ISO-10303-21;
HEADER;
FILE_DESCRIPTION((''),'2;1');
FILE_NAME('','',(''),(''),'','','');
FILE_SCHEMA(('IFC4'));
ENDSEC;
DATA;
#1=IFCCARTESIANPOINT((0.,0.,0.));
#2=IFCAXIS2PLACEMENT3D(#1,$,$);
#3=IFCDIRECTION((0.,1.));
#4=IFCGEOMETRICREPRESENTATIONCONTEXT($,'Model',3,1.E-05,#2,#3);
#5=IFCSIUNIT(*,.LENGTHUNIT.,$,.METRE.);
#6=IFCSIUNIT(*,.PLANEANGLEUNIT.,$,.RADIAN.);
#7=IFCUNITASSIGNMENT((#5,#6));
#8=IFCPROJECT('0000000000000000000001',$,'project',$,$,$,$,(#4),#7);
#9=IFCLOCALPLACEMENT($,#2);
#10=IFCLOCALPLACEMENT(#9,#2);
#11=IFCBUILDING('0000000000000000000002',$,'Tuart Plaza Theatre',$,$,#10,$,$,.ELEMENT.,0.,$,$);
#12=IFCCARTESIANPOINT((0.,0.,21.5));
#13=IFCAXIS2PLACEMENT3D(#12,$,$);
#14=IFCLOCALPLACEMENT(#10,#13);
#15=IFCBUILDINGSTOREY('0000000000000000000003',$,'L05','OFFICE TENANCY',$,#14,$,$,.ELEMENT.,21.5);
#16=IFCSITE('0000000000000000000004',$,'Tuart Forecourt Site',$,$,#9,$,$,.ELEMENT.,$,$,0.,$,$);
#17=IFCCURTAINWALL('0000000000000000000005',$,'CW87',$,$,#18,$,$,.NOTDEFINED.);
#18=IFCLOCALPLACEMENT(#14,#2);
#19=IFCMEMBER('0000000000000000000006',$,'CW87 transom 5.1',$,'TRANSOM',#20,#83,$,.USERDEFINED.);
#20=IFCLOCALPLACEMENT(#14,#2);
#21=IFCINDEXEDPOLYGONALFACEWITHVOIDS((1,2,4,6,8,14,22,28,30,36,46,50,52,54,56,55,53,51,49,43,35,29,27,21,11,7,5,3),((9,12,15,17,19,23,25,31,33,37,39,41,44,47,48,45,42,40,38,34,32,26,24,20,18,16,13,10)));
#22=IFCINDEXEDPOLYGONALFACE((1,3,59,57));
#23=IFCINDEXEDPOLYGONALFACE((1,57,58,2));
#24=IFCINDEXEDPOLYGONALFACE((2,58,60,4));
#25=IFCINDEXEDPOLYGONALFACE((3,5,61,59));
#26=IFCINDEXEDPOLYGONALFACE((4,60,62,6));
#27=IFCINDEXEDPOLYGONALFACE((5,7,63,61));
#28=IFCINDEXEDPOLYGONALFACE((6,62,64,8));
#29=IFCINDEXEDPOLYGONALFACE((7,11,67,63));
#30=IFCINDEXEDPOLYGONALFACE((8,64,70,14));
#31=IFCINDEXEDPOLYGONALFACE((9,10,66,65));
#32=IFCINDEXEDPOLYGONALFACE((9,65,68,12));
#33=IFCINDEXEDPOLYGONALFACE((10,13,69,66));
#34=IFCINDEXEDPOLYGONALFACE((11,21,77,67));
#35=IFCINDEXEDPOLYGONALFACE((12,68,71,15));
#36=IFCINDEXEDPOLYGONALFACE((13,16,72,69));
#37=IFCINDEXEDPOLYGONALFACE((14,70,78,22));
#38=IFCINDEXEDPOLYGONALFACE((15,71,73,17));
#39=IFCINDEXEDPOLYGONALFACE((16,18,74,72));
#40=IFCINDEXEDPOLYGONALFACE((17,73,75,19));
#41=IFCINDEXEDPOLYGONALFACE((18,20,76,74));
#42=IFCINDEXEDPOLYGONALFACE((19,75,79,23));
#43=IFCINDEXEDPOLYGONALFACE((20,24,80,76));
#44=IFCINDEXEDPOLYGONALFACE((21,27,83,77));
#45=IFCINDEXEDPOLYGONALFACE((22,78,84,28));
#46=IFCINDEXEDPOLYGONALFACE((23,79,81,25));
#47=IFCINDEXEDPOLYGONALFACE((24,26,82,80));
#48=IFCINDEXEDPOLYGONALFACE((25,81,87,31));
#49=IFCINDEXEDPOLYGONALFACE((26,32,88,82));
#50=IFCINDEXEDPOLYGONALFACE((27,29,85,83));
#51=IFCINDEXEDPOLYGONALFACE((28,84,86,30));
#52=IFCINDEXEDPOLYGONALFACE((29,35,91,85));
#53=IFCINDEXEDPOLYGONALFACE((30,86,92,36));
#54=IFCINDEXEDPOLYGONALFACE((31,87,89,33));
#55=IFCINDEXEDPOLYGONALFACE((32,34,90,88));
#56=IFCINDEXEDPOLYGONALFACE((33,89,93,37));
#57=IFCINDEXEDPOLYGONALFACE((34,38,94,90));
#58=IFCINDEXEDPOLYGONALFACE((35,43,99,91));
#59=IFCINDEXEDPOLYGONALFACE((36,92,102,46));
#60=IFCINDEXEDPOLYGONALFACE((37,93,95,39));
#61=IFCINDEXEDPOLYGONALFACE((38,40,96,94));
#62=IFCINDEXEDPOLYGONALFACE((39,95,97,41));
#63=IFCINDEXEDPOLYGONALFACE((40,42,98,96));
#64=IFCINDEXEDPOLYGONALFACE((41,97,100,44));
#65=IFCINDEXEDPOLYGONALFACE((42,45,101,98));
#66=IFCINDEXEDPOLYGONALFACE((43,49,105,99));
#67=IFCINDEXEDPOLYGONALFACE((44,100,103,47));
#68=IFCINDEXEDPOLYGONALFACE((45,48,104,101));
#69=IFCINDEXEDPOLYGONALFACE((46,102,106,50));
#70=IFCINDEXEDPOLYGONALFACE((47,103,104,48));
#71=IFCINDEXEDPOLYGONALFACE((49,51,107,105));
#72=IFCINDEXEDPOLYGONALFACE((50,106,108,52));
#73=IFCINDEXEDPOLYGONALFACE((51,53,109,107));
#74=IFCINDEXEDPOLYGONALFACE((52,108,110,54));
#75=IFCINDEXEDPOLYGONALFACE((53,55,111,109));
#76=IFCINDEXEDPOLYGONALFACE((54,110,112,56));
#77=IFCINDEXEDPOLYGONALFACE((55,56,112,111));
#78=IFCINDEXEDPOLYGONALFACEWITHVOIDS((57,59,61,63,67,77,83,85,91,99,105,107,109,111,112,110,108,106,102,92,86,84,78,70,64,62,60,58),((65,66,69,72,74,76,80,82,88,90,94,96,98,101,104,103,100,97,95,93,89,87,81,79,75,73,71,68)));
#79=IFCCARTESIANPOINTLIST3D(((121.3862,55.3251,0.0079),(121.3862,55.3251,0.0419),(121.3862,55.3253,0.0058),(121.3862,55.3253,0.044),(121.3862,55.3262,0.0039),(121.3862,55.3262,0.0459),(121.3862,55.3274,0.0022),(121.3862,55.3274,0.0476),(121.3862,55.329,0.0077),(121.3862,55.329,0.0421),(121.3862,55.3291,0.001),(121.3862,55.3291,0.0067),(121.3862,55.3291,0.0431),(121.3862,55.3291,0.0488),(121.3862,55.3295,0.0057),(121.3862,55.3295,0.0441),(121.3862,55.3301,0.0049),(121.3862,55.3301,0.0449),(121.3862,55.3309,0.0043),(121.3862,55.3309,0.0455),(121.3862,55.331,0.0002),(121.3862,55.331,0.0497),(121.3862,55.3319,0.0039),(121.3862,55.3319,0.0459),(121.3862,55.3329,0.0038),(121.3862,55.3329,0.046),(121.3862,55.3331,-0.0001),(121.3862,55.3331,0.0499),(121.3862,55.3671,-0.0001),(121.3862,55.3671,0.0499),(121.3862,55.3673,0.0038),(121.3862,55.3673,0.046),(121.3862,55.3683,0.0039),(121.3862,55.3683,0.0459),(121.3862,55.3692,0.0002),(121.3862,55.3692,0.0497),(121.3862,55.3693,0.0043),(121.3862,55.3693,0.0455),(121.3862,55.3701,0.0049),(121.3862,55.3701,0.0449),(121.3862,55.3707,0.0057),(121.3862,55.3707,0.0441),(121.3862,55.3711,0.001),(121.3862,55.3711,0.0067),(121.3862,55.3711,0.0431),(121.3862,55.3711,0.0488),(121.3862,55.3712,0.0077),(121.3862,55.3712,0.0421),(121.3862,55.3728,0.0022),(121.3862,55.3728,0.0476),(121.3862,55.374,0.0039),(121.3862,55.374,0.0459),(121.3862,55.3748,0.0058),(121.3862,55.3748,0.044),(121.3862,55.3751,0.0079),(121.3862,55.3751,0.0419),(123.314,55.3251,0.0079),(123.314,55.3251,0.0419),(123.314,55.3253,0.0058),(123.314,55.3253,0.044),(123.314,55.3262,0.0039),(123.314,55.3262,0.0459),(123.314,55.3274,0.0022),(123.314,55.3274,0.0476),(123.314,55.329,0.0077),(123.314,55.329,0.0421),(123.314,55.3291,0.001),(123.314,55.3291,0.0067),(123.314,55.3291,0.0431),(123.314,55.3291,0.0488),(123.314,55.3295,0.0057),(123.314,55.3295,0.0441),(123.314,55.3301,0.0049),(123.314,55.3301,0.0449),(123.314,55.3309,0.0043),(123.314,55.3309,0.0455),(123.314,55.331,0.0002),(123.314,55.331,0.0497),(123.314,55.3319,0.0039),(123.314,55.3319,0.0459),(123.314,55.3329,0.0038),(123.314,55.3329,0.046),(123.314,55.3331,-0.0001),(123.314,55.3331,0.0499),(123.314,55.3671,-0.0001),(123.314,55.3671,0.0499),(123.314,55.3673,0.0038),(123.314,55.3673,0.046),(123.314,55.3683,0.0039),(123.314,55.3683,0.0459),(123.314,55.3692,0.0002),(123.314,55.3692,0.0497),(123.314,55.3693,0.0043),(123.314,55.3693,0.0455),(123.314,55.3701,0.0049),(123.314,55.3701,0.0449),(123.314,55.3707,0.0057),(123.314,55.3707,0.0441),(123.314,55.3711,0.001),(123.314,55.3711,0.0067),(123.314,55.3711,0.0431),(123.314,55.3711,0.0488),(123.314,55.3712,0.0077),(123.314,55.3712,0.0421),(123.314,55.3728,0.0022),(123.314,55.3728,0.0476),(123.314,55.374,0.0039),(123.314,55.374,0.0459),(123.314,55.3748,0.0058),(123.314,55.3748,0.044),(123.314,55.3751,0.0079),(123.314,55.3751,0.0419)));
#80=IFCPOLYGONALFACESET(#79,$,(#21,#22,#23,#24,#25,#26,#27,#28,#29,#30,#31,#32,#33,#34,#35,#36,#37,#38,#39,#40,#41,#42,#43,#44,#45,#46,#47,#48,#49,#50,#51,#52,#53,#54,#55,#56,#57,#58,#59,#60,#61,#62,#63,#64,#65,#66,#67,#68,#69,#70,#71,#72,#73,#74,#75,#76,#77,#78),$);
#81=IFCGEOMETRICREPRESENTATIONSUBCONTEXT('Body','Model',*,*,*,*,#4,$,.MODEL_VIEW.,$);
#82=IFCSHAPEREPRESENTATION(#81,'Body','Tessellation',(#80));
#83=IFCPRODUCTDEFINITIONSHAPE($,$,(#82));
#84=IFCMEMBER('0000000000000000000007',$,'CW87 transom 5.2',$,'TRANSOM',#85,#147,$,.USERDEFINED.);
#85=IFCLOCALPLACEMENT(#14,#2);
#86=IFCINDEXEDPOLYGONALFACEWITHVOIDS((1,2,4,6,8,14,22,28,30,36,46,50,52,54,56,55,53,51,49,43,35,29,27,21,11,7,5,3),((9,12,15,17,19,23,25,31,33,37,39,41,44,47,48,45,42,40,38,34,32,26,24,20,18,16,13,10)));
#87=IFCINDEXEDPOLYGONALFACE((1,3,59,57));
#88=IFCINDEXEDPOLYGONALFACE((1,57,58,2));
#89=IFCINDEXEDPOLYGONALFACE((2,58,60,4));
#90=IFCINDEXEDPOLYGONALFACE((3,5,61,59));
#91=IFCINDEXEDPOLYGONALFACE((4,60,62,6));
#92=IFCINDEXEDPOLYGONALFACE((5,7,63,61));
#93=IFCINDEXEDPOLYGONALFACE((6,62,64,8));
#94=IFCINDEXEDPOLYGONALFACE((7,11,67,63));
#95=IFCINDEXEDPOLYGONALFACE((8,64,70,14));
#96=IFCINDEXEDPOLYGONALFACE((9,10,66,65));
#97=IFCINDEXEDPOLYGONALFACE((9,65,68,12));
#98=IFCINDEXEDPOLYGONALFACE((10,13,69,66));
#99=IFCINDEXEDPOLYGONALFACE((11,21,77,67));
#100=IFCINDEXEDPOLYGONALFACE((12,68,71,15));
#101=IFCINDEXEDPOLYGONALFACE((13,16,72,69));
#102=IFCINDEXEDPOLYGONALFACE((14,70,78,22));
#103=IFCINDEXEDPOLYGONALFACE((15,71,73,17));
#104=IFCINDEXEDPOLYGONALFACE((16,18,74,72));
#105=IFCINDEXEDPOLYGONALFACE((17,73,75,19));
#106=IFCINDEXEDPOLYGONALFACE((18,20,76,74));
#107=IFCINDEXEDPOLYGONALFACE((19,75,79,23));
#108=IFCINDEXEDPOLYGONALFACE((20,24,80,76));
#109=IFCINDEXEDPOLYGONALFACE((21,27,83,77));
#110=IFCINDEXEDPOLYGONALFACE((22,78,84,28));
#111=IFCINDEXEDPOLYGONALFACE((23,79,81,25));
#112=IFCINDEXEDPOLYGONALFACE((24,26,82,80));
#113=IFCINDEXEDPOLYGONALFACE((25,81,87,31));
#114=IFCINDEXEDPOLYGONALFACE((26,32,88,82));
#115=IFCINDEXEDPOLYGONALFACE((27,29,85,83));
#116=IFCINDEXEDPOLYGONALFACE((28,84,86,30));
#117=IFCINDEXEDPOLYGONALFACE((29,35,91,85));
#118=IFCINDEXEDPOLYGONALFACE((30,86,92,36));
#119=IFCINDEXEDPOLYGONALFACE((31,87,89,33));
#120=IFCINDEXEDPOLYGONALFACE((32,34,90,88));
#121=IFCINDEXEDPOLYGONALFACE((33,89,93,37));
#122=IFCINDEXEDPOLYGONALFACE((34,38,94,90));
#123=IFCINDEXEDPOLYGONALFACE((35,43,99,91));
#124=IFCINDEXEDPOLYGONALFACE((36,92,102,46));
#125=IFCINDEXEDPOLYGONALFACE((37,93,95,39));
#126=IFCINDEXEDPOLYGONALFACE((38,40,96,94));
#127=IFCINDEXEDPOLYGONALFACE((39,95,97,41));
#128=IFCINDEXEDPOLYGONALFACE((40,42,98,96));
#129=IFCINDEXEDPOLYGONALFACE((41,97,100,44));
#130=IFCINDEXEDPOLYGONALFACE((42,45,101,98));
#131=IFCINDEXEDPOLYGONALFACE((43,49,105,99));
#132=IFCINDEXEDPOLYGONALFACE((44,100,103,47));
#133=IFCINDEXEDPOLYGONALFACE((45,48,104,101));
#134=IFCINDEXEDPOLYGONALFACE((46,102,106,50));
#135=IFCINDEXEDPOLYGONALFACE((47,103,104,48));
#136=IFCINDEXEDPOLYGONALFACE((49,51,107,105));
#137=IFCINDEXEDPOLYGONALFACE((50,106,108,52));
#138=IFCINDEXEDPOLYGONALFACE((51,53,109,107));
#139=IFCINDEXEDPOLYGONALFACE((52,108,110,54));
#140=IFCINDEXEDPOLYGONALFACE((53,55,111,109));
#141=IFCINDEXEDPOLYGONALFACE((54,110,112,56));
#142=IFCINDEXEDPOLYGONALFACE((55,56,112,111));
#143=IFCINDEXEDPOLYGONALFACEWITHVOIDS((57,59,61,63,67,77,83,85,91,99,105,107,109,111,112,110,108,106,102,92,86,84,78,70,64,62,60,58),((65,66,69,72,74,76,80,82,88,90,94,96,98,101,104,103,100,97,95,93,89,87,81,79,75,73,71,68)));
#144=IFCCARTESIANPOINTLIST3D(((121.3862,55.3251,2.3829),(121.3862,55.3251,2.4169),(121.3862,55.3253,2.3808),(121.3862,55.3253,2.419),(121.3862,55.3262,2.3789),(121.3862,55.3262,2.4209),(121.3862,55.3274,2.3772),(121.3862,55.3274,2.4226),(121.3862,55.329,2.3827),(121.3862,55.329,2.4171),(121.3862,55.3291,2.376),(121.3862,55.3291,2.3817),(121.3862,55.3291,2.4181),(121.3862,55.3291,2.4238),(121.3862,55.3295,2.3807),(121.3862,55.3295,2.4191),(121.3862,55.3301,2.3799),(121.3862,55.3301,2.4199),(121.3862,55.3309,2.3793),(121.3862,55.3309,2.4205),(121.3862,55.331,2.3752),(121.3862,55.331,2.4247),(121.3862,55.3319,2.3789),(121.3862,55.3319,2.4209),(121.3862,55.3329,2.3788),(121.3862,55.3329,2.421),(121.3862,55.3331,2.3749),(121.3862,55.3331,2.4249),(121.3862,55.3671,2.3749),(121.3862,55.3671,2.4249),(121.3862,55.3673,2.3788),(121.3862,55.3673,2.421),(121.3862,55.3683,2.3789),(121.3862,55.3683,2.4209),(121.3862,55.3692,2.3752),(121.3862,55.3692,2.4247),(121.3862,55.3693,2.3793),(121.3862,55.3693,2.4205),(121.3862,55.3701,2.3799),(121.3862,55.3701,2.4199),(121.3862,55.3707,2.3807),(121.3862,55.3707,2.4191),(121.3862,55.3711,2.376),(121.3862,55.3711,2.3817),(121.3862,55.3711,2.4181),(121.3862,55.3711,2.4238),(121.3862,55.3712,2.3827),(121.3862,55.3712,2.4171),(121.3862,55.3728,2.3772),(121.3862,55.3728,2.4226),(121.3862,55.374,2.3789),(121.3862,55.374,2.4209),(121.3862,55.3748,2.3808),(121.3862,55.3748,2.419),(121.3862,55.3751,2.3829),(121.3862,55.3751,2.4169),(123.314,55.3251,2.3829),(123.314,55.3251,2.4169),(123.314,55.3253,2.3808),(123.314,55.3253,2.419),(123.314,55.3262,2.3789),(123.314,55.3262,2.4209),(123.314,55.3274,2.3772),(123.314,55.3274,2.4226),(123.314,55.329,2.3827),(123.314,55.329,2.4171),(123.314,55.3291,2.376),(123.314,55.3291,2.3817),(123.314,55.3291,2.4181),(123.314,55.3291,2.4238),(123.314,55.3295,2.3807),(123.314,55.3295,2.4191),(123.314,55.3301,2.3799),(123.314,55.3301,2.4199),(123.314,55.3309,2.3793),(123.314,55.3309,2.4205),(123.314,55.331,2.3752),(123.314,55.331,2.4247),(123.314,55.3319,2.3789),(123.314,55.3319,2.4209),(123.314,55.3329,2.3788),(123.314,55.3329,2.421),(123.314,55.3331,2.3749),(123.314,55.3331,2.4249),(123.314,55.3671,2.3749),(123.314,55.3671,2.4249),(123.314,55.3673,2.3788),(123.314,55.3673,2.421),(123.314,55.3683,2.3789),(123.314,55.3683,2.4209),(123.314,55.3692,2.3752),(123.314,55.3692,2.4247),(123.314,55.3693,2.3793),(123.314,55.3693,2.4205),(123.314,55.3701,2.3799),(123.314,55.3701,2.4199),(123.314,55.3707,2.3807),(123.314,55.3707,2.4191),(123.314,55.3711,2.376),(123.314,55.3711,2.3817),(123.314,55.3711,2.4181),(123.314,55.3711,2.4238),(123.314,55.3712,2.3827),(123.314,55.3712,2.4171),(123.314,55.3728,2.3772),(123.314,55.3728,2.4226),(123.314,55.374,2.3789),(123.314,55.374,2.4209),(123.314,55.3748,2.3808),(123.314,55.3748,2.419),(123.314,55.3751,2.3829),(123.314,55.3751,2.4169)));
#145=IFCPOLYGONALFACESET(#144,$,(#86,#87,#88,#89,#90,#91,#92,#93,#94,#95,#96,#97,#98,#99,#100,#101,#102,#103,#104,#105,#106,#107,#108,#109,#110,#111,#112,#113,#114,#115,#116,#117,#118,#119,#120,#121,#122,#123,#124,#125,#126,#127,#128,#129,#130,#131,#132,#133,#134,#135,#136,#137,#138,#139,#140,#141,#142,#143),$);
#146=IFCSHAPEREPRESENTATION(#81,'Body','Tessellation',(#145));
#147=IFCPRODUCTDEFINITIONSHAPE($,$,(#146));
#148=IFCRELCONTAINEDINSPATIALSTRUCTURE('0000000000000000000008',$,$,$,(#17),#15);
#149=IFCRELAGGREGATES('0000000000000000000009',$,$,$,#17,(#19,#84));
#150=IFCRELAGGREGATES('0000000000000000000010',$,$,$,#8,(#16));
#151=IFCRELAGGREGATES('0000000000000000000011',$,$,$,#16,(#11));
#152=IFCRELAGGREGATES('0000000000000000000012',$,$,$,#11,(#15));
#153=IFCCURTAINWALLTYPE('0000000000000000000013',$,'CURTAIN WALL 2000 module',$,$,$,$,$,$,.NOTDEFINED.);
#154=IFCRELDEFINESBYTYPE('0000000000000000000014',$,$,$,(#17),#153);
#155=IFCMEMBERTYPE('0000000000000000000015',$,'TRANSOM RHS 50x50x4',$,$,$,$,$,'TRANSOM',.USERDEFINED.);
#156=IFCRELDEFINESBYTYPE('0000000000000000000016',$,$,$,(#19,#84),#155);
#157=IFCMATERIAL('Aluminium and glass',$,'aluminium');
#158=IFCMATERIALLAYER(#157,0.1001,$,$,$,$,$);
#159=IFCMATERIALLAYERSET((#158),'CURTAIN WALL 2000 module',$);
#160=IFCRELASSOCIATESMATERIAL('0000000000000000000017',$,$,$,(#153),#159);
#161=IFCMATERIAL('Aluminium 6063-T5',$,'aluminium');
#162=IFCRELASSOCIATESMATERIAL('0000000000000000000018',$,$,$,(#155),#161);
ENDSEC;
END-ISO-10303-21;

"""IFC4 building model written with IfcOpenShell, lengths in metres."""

from ifc_helpers import new_model, si_unit, direction, frame, origin, origin_2d, place, context, subcontext, project, spatial, hollow_rectangle, extrude, material, layer, layer_set, material_profile, profile_set, type_object, element, aggregate, save


model = new_model("IFC4")

# Units and contexts
model_context = context("Model", 3, precision=1e-05, world=origin(), true_north=direction((0.0, 1.0)))
body_context = subcontext(model_context, "Body", "Model", "MODEL_VIEW")
ifc_project = project(units=[si_unit("LENGTHUNIT", "METRE"), si_unit("PLANEANGLEUNIT", "RADIAN")], contexts=[model_context])

# Site, building, storey
site_placement = place(None, origin())
site = spatial("IfcSite", under=ifc_project, at=site_placement, Name="Tuart Forecourt Site", CompositionType="ELEMENT", RefElevation=0.0)
building_placement = place(site_placement, origin())
building = spatial("IfcBuilding", under=site, at=building_placement, Name="Tuart Plaza Theatre", CompositionType="ELEMENT", ElevationOfRefHeight=0.0)
storey_placement = place(building_placement, frame((0.0, 0.0, 21.5)))
storey = spatial("IfcBuildingStorey", under=building, at=storey_placement, Name="L05", Description="OFFICE TENANCY", CompositionType="ELEMENT", Elevation=21.5)

# Curtain wall, members
ifc_material_1 = material(Name="Aluminium and glass", Category="aluminium")
ifc_layer_1 = layer(ifc_material_1, 0.1001)
ifc_layer_set_1 = layer_set([ifc_layer_1], Name="CURTAIN WALL 2000 module")
curtain_wall_type = type_object("IfcCurtainWallType", Name="CURTAIN WALL 2000 module", PredefinedType="NOTDEFINED", material=ifc_layer_set_1)
curtain_wall_placement = place(storey_placement, origin())
curtain_wall = element("IfcCurtainWall", 1, at=curtain_wall_placement, inside=storey, type_object=curtain_wall_type, Name="CW87", PredefinedType="NOTDEFINED")
ifc_material_2 = material(Name="Aluminium 6063-T5", Category="aluminium")
ifc_material_profile_1 = material_profile(ifc_material_2, hollow_rectangle(XDim=0.05, YDim=0.05, WallThickness=0.0039, InnerFilletRadius=0.0039, OuterFilletRadius=0.0081, at=origin_2d()), Name="RHS 50x50x4")
ifc_profile_set_1 = profile_set([ifc_material_profile_1], Name="Aluminium 6063-T5")
member_type_1 = type_object("IfcMemberType", Name="TRANSOM RHS 50x50x4", ElementType="TRANSOM", PredefinedType="USERDEFINED", material=ifc_profile_set_1)
member_1_placement = place(storey_placement, frame((121.3862, 55.3501, 0.0249), z_axis=(1.0, 0.0, 0.0), x_axis=(0.0, 1.0, 0.0)))
member_1 = element("IfcMember", 2, at=member_1_placement, type_object=member_type_1, Name="CW87 transom 5.1", ObjectType="TRANSOM", PredefinedType="USERDEFINED", context=body_context, shape_type="SweptSolid", body=[
    extrude(hollow_rectangle(XDim=0.05, YDim=0.05, WallThickness=0.0039, InnerFilletRadius=0.0039, OuterFilletRadius=0.0081, at=origin_2d()), origin(), (0.0, 0.0, 1.0), 1.9277),
])
member_2_placement = place(storey_placement, frame((121.3862, 55.3501, 2.3999), z_axis=(1.0, 0.0, 0.0), x_axis=(0.0, 1.0, 0.0)))
member_2 = element("IfcMember", 3, at=member_2_placement, type_object=member_type_1, Name="CW87 transom 5.2", ObjectType="TRANSOM", PredefinedType="USERDEFINED", context=body_context, shape_type="SweptSolid", body=[
    extrude(hollow_rectangle(XDim=0.05, YDim=0.05, WallThickness=0.0039, InnerFilletRadius=0.0039, OuterFilletRadius=0.0081, at=origin_2d()), origin(), (0.0, 0.0, 1.0), 1.9277),
])
aggregate(curtain_wall, [member_1, member_2])

save(model, "model.ifc")
